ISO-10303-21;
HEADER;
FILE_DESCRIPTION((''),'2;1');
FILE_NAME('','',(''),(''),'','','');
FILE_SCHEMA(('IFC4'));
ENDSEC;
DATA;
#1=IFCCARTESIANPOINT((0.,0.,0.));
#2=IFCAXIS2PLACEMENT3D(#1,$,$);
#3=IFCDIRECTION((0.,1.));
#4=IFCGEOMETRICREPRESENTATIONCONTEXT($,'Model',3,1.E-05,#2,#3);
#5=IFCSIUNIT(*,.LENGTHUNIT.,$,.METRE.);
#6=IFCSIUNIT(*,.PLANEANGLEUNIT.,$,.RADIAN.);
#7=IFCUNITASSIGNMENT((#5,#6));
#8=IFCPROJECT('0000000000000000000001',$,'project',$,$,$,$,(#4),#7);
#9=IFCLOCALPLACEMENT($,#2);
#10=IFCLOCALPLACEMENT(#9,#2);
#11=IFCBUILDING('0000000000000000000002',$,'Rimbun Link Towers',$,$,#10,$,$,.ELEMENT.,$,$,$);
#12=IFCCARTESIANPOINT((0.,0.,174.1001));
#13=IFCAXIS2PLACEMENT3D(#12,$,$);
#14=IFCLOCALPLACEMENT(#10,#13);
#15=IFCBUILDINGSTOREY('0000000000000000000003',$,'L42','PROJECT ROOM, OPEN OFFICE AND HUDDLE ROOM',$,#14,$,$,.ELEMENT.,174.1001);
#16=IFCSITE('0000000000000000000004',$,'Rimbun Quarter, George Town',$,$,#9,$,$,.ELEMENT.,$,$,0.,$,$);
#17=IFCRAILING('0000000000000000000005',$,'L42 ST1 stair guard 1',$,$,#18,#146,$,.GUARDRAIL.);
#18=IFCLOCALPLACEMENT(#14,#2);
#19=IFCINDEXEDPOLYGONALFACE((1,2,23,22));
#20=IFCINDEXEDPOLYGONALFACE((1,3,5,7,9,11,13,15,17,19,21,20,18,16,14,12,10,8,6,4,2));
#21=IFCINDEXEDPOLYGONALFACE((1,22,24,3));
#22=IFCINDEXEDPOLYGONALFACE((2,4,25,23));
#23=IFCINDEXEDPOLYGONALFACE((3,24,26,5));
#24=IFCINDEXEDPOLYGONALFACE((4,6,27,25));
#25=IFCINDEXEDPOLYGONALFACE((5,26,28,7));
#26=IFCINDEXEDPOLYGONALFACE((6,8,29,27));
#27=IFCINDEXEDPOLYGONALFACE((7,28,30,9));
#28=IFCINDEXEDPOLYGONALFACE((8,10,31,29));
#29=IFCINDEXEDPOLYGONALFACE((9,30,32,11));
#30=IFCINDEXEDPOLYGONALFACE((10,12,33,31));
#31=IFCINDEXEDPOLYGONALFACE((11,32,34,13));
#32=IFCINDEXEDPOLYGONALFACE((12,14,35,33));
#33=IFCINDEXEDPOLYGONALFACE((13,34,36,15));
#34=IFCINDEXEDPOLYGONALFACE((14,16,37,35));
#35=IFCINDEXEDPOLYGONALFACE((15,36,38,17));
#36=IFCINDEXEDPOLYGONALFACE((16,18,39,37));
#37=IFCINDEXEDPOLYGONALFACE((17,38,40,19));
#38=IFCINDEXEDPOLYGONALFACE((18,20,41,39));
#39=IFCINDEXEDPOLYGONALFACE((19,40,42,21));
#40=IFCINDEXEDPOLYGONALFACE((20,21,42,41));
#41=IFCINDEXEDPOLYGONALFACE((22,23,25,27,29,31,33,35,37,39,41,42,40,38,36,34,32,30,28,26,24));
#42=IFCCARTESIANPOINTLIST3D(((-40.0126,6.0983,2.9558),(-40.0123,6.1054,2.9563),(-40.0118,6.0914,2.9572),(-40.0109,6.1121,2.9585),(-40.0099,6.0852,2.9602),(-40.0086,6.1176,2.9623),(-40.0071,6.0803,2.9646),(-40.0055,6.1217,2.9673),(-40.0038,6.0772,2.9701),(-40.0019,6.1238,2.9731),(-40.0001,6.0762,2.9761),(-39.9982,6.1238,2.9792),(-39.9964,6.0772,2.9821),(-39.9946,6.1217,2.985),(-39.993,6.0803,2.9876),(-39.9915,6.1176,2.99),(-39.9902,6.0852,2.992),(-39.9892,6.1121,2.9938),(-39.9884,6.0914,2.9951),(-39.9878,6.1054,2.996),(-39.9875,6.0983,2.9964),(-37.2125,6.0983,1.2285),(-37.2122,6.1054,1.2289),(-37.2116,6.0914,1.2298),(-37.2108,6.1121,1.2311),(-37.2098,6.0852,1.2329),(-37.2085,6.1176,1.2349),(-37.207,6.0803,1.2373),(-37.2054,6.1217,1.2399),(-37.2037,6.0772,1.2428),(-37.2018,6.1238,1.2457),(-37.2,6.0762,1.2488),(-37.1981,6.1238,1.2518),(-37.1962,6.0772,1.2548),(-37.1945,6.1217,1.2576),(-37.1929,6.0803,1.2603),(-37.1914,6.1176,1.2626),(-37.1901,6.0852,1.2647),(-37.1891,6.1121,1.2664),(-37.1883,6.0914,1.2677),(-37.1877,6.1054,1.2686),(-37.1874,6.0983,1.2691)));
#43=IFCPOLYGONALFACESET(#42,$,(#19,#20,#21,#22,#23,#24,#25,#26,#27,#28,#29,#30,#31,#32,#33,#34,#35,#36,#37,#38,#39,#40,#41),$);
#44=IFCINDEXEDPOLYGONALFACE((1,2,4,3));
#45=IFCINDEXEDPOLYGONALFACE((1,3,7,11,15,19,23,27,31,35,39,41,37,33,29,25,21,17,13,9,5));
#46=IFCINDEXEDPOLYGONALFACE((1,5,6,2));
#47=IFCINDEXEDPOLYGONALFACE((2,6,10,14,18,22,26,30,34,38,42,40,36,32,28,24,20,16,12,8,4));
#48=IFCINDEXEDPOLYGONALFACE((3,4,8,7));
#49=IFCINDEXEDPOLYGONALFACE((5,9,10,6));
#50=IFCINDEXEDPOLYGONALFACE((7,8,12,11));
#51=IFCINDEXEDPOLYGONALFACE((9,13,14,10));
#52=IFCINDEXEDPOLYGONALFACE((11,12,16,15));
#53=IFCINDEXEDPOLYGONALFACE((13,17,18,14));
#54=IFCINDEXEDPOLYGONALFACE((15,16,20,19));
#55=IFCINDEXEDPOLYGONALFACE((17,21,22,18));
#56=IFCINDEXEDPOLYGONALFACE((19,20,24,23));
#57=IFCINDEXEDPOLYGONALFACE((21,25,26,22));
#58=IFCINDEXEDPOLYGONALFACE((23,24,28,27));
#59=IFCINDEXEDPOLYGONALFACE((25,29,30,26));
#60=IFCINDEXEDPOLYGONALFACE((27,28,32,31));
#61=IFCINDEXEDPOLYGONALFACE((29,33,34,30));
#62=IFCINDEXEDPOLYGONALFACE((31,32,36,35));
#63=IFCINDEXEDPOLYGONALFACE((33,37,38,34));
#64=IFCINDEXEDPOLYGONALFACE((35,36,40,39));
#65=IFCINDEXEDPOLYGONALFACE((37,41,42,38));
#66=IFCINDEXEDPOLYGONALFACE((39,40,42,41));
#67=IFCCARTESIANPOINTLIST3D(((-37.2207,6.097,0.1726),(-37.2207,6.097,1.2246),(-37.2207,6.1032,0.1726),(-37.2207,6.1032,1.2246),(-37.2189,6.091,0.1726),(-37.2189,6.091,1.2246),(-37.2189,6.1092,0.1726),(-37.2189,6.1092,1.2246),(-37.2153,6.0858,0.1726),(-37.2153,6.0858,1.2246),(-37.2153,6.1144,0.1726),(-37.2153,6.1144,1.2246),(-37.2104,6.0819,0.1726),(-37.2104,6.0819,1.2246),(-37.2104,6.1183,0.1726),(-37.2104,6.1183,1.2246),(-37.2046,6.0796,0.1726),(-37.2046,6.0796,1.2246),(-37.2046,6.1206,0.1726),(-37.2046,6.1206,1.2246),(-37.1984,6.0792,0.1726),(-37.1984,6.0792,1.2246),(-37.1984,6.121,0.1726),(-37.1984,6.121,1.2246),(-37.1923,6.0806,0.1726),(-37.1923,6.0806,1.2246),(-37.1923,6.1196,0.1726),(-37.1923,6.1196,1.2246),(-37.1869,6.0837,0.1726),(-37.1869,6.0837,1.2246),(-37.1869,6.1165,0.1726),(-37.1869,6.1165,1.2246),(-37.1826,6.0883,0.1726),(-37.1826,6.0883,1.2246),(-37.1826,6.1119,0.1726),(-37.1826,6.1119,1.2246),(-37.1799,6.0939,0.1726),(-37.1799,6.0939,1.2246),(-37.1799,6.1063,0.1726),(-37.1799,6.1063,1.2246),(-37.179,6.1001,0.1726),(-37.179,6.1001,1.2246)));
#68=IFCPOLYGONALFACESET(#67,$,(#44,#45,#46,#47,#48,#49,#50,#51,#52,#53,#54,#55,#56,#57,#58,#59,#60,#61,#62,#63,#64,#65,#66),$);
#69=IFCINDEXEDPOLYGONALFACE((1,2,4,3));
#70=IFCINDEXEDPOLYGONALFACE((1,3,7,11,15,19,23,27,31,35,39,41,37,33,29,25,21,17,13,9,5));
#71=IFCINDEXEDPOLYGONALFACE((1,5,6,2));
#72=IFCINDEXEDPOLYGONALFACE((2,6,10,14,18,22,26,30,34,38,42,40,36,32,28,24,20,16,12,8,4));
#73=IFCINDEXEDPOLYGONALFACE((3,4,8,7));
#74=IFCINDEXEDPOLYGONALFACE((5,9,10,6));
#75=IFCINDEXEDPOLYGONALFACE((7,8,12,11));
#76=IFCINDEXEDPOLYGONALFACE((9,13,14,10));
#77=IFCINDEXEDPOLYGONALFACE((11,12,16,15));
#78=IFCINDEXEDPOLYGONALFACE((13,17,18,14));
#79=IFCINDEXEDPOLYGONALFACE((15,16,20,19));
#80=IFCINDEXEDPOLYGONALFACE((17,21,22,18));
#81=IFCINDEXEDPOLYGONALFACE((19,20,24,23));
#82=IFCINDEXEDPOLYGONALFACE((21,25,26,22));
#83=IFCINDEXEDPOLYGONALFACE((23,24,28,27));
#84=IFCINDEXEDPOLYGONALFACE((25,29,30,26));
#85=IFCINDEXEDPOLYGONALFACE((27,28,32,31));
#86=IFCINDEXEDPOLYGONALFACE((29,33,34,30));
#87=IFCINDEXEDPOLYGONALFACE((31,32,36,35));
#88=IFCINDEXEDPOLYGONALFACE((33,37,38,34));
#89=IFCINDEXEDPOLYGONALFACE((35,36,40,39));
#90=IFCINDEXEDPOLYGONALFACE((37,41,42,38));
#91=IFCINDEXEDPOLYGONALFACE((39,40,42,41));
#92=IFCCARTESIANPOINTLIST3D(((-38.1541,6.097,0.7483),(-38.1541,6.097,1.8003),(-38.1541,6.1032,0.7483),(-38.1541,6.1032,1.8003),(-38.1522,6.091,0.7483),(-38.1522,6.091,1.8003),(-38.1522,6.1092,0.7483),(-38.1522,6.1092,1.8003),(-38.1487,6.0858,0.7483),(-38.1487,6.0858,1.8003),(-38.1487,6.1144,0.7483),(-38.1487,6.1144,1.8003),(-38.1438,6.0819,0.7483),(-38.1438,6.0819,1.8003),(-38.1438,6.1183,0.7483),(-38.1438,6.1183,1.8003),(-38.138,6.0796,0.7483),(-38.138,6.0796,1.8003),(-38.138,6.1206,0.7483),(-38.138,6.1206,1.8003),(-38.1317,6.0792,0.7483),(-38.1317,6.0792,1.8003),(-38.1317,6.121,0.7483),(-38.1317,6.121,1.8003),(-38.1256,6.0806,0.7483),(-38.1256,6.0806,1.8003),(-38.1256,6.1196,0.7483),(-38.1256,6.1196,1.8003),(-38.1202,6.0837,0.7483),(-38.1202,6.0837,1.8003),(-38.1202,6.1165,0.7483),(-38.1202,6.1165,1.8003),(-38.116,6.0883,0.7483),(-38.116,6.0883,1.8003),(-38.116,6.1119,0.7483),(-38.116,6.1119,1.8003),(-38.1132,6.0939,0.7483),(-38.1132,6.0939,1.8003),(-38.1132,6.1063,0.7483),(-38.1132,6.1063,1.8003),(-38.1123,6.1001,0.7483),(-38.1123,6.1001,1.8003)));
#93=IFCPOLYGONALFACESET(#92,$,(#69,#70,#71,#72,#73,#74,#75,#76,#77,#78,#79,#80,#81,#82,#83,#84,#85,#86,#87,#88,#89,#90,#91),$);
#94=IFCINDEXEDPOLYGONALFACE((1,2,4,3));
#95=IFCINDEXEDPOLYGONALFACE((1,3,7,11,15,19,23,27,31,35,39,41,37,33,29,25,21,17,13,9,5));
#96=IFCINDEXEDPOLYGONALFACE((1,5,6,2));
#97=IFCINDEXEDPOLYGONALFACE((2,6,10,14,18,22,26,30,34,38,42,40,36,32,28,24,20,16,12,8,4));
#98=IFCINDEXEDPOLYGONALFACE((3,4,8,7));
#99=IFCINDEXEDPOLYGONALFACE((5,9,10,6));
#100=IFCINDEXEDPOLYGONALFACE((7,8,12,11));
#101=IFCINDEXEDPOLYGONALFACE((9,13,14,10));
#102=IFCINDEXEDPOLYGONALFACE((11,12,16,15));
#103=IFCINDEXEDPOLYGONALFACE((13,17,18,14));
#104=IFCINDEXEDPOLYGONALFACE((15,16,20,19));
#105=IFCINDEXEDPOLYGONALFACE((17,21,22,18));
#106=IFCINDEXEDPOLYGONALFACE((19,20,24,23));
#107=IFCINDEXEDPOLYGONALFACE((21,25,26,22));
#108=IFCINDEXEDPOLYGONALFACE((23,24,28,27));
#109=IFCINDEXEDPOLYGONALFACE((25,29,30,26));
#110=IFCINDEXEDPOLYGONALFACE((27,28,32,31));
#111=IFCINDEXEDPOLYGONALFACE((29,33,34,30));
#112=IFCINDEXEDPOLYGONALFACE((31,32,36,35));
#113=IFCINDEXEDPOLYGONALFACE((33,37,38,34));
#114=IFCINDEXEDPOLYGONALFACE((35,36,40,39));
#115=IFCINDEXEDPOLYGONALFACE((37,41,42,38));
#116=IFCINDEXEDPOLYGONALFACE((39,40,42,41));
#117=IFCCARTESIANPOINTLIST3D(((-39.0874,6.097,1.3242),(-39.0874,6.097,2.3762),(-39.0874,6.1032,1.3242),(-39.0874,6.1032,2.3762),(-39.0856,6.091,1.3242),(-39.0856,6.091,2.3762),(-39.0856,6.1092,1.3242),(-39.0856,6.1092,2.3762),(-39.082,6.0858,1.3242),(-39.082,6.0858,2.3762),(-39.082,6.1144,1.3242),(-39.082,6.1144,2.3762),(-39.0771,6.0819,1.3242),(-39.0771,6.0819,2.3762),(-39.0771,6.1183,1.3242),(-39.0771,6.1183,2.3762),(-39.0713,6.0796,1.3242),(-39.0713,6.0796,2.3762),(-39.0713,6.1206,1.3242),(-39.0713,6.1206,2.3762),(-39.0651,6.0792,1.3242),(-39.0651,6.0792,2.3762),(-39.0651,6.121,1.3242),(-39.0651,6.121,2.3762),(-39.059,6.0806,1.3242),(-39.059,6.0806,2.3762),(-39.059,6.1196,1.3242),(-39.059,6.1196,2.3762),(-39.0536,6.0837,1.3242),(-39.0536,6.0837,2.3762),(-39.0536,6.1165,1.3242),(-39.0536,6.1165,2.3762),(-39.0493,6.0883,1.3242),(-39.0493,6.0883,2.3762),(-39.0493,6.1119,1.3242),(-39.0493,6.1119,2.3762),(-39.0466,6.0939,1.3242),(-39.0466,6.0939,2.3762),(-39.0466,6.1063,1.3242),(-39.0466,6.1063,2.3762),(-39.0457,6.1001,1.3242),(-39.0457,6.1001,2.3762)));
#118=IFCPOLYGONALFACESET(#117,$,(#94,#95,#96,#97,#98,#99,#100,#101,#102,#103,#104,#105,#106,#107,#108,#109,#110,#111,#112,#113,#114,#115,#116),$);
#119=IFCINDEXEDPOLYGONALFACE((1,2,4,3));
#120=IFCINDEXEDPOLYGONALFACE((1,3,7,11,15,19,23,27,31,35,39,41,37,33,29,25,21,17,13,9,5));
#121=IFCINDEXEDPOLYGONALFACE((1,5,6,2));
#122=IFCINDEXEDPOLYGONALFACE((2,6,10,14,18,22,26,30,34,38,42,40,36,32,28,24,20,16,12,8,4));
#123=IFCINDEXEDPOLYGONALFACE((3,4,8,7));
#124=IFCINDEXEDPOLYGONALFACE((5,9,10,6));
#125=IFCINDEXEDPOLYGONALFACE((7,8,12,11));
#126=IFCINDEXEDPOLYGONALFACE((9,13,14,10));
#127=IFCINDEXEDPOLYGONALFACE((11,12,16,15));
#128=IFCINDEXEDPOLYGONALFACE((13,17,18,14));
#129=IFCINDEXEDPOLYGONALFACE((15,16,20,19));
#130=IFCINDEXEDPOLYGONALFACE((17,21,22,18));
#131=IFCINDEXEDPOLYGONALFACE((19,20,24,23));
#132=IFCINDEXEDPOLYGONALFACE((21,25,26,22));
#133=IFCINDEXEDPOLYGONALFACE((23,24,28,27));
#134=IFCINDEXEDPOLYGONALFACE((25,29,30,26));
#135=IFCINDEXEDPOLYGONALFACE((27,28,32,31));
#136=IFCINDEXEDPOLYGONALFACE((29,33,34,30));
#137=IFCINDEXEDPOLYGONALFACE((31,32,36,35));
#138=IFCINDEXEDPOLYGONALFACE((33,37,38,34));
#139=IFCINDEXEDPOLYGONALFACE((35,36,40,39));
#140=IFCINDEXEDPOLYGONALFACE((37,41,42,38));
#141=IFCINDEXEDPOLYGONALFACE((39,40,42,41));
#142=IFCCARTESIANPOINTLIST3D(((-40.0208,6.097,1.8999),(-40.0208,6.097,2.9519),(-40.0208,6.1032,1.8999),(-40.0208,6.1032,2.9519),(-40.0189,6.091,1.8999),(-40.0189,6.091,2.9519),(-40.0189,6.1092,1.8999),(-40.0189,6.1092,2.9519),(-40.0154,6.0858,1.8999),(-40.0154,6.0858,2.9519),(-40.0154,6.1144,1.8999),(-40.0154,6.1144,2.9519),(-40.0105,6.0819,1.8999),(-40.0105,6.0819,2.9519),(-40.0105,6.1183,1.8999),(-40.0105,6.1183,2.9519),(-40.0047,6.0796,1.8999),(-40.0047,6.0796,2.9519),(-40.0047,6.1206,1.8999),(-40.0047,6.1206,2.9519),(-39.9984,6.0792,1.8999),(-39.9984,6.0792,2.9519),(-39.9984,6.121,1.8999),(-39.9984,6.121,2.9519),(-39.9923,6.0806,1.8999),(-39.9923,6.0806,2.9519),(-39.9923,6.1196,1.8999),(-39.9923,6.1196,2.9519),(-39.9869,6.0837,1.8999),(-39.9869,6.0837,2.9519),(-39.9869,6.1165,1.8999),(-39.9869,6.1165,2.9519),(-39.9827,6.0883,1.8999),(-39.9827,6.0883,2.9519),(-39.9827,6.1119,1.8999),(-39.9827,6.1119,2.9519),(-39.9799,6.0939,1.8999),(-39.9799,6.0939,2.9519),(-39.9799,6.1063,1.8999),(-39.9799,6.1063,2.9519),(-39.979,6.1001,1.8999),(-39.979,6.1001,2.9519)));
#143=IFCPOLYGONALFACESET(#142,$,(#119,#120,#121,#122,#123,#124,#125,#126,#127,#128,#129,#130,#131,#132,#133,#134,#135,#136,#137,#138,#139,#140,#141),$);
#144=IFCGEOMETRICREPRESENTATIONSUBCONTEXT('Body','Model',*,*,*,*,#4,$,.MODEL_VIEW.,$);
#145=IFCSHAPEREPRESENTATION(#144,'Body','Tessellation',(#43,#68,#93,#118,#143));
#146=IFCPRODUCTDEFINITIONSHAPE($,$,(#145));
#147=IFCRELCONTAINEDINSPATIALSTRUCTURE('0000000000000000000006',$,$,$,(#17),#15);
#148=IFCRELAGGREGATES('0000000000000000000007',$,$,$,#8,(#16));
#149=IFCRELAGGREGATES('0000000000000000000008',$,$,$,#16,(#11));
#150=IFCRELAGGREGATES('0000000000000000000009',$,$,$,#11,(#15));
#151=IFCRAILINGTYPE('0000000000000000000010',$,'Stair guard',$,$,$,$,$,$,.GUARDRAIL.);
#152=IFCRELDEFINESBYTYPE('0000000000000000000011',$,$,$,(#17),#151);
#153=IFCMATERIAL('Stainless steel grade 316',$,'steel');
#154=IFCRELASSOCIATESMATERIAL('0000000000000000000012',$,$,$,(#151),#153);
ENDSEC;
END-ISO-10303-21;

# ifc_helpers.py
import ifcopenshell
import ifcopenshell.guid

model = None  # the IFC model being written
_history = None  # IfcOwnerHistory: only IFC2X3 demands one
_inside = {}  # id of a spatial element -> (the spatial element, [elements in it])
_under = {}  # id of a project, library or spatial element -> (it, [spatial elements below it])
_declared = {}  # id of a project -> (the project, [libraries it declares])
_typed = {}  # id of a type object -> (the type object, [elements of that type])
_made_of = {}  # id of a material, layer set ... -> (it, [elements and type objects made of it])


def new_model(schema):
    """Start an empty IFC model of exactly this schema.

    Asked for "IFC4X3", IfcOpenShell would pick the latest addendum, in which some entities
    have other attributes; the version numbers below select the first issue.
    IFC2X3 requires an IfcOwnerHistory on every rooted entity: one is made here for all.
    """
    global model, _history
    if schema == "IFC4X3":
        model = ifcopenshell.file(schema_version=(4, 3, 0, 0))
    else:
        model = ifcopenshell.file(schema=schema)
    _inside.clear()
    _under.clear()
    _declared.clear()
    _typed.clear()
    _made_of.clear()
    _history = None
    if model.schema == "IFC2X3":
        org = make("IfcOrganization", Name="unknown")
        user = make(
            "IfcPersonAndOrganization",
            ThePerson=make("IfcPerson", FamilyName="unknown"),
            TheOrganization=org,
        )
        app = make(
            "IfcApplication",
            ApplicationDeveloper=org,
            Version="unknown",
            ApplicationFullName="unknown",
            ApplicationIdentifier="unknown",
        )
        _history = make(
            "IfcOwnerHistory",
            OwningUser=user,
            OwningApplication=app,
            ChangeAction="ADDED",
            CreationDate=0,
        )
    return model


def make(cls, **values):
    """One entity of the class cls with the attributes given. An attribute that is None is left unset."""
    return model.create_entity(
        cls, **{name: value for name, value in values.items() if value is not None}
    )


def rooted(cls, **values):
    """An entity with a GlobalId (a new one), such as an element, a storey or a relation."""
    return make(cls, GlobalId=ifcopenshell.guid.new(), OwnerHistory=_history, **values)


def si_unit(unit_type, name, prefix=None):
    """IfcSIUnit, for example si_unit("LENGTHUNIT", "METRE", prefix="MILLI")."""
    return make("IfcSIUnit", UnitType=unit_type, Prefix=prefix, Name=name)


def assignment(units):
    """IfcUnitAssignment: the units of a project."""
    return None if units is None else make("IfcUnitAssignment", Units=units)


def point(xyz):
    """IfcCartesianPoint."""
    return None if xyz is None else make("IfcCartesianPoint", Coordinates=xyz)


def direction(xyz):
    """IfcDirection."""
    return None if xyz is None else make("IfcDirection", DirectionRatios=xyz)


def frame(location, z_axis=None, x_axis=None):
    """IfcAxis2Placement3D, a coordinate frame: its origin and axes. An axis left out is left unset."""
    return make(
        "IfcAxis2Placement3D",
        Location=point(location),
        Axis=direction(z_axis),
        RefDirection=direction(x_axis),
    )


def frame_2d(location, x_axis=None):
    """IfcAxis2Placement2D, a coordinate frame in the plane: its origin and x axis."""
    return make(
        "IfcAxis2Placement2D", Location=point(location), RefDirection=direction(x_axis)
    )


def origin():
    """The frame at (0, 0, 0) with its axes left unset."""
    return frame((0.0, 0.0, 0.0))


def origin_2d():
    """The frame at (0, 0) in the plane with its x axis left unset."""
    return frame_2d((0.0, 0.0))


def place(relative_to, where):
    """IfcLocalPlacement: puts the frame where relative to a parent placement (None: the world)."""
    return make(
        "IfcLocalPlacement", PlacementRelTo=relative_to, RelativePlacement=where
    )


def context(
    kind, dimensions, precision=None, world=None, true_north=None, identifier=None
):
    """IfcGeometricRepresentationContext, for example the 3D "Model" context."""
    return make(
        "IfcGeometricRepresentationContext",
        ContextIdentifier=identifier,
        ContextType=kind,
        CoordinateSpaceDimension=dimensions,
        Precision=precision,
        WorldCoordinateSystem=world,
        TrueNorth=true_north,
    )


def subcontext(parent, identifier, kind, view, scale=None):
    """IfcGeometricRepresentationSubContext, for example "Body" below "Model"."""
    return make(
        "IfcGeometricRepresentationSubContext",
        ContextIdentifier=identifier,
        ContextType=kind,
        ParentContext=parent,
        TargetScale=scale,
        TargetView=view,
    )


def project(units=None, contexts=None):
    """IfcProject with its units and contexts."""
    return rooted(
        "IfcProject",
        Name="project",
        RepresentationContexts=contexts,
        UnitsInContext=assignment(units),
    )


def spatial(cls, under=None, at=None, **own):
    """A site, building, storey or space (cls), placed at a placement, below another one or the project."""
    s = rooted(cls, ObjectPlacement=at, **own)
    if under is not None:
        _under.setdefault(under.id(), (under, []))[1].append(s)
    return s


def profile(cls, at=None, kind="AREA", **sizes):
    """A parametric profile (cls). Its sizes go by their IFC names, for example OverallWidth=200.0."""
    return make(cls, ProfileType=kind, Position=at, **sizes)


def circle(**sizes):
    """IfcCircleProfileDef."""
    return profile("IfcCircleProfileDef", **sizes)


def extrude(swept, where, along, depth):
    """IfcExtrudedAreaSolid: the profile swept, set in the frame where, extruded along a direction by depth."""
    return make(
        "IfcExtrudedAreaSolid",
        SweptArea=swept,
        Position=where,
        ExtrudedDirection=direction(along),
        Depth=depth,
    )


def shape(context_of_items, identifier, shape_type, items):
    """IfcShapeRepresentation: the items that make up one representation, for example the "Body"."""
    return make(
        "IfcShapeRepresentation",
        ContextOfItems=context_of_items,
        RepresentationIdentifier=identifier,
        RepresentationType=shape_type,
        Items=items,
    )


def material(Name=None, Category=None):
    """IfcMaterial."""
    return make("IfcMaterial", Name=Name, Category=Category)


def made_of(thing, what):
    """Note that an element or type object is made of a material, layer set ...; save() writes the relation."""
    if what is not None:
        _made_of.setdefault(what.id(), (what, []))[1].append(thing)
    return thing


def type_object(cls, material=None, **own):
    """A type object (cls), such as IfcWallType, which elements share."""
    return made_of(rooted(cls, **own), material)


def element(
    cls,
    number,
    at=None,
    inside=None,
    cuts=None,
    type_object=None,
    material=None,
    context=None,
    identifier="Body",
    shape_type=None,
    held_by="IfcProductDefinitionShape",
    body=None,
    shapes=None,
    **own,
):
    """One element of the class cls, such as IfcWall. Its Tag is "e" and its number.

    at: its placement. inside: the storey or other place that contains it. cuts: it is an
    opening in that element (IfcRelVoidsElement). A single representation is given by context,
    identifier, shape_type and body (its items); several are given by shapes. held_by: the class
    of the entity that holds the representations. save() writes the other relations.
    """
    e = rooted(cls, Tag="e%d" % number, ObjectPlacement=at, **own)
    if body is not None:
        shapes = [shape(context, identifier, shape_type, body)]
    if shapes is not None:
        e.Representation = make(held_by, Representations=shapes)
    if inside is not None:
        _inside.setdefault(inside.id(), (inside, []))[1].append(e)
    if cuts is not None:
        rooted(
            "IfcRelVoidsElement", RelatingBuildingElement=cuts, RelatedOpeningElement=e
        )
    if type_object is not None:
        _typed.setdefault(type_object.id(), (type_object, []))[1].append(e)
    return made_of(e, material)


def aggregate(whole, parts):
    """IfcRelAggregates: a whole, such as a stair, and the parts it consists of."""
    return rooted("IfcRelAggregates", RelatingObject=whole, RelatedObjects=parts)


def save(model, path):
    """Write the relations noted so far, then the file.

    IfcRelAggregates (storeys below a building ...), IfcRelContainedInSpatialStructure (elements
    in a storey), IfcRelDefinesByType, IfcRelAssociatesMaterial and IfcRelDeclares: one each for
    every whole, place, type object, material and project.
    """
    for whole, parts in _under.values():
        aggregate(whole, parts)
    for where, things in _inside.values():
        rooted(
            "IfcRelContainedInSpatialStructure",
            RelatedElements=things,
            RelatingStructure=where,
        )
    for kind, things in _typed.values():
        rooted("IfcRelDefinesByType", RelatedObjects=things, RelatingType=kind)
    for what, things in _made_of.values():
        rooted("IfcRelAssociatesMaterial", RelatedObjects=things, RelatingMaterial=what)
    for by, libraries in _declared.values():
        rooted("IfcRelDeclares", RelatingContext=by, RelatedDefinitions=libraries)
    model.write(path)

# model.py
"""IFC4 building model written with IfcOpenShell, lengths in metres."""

from ifc_helpers import new_model, si_unit, direction, frame, origin, origin_2d, place, context, subcontext, project, spatial, circle, extrude, material, type_object, element, save


model = new_model("IFC4")

# Units and contexts
model_context = context("Model", 3, precision=1e-05, world=origin(), true_north=direction((0.0, 1.0)))
body_context = subcontext(model_context, "Body", "Model", "MODEL_VIEW")
ifc_project = project(units=[si_unit("LENGTHUNIT", "METRE"), si_unit("PLANEANGLEUNIT", "RADIAN")], contexts=[model_context])

# Site, building, storey
site_placement = place(None, origin())
site = spatial("IfcSite", under=ifc_project, at=site_placement, Name="Rimbun Quarter, George Town", CompositionType="ELEMENT", RefElevation=0.0)
building_placement = place(site_placement, origin())
building = spatial("IfcBuilding", under=site, at=building_placement, Name="Rimbun Link Towers", CompositionType="ELEMENT")
storey_placement = place(building_placement, frame((0.0, 0.0, 174.1001)))
storey = spatial("IfcBuildingStorey", under=building, at=storey_placement, Name="L42", Description="PROJECT ROOM, OPEN OFFICE AND HUDDLE ROOM", CompositionType="ELEMENT", Elevation=174.1001)

# Railing
ifc_material_1 = material(Name="Stainless steel grade 316", Category="steel")
railing_type_1 = type_object("IfcRailingType", Name="Stair guard", PredefinedType="GUARDRAIL", material=ifc_material_1)
railing_1_placement = place(storey_placement, frame((-37.2, 6.1001, 0.1726)))
element("IfcRailing", 1, at=railing_1_placement, inside=storey, type_object=railing_type_1, Name="L42 ST1 stair guard 1", PredefinedType="GUARDRAIL", context=body_context, shape_type="SweptSolid", body=[
    extrude(circle(Radius=0.0239, at=origin_2d()), frame((0.0, 0.0, 1.0762), z_axis=(-0.85109, 0.0, 0.52502), x_axis=(0.0, -1.0, 0.0)), (0.0, 0.0, 1.0), 3.29),
    extrude(circle(Radius=0.021, at=origin_2d()), origin(), (0.0, 0.0, 1.0), 1.052),
    extrude(circle(Radius=0.021, at=origin_2d()), frame((-0.9333, 0.0, 0.5757)), (0.0, 0.0, 1.0), 1.052),
    extrude(circle(Radius=0.021, at=origin_2d()), frame((-1.8667, 0.0, 1.1516)), (0.0, 0.0, 1.0), 1.052),
    extrude(circle(Radius=0.021, at=origin_2d()), frame((-2.8, 0.0, 1.7273)), (0.0, 0.0, 1.0), 1.052),
])

save(model, "model.ifc")
